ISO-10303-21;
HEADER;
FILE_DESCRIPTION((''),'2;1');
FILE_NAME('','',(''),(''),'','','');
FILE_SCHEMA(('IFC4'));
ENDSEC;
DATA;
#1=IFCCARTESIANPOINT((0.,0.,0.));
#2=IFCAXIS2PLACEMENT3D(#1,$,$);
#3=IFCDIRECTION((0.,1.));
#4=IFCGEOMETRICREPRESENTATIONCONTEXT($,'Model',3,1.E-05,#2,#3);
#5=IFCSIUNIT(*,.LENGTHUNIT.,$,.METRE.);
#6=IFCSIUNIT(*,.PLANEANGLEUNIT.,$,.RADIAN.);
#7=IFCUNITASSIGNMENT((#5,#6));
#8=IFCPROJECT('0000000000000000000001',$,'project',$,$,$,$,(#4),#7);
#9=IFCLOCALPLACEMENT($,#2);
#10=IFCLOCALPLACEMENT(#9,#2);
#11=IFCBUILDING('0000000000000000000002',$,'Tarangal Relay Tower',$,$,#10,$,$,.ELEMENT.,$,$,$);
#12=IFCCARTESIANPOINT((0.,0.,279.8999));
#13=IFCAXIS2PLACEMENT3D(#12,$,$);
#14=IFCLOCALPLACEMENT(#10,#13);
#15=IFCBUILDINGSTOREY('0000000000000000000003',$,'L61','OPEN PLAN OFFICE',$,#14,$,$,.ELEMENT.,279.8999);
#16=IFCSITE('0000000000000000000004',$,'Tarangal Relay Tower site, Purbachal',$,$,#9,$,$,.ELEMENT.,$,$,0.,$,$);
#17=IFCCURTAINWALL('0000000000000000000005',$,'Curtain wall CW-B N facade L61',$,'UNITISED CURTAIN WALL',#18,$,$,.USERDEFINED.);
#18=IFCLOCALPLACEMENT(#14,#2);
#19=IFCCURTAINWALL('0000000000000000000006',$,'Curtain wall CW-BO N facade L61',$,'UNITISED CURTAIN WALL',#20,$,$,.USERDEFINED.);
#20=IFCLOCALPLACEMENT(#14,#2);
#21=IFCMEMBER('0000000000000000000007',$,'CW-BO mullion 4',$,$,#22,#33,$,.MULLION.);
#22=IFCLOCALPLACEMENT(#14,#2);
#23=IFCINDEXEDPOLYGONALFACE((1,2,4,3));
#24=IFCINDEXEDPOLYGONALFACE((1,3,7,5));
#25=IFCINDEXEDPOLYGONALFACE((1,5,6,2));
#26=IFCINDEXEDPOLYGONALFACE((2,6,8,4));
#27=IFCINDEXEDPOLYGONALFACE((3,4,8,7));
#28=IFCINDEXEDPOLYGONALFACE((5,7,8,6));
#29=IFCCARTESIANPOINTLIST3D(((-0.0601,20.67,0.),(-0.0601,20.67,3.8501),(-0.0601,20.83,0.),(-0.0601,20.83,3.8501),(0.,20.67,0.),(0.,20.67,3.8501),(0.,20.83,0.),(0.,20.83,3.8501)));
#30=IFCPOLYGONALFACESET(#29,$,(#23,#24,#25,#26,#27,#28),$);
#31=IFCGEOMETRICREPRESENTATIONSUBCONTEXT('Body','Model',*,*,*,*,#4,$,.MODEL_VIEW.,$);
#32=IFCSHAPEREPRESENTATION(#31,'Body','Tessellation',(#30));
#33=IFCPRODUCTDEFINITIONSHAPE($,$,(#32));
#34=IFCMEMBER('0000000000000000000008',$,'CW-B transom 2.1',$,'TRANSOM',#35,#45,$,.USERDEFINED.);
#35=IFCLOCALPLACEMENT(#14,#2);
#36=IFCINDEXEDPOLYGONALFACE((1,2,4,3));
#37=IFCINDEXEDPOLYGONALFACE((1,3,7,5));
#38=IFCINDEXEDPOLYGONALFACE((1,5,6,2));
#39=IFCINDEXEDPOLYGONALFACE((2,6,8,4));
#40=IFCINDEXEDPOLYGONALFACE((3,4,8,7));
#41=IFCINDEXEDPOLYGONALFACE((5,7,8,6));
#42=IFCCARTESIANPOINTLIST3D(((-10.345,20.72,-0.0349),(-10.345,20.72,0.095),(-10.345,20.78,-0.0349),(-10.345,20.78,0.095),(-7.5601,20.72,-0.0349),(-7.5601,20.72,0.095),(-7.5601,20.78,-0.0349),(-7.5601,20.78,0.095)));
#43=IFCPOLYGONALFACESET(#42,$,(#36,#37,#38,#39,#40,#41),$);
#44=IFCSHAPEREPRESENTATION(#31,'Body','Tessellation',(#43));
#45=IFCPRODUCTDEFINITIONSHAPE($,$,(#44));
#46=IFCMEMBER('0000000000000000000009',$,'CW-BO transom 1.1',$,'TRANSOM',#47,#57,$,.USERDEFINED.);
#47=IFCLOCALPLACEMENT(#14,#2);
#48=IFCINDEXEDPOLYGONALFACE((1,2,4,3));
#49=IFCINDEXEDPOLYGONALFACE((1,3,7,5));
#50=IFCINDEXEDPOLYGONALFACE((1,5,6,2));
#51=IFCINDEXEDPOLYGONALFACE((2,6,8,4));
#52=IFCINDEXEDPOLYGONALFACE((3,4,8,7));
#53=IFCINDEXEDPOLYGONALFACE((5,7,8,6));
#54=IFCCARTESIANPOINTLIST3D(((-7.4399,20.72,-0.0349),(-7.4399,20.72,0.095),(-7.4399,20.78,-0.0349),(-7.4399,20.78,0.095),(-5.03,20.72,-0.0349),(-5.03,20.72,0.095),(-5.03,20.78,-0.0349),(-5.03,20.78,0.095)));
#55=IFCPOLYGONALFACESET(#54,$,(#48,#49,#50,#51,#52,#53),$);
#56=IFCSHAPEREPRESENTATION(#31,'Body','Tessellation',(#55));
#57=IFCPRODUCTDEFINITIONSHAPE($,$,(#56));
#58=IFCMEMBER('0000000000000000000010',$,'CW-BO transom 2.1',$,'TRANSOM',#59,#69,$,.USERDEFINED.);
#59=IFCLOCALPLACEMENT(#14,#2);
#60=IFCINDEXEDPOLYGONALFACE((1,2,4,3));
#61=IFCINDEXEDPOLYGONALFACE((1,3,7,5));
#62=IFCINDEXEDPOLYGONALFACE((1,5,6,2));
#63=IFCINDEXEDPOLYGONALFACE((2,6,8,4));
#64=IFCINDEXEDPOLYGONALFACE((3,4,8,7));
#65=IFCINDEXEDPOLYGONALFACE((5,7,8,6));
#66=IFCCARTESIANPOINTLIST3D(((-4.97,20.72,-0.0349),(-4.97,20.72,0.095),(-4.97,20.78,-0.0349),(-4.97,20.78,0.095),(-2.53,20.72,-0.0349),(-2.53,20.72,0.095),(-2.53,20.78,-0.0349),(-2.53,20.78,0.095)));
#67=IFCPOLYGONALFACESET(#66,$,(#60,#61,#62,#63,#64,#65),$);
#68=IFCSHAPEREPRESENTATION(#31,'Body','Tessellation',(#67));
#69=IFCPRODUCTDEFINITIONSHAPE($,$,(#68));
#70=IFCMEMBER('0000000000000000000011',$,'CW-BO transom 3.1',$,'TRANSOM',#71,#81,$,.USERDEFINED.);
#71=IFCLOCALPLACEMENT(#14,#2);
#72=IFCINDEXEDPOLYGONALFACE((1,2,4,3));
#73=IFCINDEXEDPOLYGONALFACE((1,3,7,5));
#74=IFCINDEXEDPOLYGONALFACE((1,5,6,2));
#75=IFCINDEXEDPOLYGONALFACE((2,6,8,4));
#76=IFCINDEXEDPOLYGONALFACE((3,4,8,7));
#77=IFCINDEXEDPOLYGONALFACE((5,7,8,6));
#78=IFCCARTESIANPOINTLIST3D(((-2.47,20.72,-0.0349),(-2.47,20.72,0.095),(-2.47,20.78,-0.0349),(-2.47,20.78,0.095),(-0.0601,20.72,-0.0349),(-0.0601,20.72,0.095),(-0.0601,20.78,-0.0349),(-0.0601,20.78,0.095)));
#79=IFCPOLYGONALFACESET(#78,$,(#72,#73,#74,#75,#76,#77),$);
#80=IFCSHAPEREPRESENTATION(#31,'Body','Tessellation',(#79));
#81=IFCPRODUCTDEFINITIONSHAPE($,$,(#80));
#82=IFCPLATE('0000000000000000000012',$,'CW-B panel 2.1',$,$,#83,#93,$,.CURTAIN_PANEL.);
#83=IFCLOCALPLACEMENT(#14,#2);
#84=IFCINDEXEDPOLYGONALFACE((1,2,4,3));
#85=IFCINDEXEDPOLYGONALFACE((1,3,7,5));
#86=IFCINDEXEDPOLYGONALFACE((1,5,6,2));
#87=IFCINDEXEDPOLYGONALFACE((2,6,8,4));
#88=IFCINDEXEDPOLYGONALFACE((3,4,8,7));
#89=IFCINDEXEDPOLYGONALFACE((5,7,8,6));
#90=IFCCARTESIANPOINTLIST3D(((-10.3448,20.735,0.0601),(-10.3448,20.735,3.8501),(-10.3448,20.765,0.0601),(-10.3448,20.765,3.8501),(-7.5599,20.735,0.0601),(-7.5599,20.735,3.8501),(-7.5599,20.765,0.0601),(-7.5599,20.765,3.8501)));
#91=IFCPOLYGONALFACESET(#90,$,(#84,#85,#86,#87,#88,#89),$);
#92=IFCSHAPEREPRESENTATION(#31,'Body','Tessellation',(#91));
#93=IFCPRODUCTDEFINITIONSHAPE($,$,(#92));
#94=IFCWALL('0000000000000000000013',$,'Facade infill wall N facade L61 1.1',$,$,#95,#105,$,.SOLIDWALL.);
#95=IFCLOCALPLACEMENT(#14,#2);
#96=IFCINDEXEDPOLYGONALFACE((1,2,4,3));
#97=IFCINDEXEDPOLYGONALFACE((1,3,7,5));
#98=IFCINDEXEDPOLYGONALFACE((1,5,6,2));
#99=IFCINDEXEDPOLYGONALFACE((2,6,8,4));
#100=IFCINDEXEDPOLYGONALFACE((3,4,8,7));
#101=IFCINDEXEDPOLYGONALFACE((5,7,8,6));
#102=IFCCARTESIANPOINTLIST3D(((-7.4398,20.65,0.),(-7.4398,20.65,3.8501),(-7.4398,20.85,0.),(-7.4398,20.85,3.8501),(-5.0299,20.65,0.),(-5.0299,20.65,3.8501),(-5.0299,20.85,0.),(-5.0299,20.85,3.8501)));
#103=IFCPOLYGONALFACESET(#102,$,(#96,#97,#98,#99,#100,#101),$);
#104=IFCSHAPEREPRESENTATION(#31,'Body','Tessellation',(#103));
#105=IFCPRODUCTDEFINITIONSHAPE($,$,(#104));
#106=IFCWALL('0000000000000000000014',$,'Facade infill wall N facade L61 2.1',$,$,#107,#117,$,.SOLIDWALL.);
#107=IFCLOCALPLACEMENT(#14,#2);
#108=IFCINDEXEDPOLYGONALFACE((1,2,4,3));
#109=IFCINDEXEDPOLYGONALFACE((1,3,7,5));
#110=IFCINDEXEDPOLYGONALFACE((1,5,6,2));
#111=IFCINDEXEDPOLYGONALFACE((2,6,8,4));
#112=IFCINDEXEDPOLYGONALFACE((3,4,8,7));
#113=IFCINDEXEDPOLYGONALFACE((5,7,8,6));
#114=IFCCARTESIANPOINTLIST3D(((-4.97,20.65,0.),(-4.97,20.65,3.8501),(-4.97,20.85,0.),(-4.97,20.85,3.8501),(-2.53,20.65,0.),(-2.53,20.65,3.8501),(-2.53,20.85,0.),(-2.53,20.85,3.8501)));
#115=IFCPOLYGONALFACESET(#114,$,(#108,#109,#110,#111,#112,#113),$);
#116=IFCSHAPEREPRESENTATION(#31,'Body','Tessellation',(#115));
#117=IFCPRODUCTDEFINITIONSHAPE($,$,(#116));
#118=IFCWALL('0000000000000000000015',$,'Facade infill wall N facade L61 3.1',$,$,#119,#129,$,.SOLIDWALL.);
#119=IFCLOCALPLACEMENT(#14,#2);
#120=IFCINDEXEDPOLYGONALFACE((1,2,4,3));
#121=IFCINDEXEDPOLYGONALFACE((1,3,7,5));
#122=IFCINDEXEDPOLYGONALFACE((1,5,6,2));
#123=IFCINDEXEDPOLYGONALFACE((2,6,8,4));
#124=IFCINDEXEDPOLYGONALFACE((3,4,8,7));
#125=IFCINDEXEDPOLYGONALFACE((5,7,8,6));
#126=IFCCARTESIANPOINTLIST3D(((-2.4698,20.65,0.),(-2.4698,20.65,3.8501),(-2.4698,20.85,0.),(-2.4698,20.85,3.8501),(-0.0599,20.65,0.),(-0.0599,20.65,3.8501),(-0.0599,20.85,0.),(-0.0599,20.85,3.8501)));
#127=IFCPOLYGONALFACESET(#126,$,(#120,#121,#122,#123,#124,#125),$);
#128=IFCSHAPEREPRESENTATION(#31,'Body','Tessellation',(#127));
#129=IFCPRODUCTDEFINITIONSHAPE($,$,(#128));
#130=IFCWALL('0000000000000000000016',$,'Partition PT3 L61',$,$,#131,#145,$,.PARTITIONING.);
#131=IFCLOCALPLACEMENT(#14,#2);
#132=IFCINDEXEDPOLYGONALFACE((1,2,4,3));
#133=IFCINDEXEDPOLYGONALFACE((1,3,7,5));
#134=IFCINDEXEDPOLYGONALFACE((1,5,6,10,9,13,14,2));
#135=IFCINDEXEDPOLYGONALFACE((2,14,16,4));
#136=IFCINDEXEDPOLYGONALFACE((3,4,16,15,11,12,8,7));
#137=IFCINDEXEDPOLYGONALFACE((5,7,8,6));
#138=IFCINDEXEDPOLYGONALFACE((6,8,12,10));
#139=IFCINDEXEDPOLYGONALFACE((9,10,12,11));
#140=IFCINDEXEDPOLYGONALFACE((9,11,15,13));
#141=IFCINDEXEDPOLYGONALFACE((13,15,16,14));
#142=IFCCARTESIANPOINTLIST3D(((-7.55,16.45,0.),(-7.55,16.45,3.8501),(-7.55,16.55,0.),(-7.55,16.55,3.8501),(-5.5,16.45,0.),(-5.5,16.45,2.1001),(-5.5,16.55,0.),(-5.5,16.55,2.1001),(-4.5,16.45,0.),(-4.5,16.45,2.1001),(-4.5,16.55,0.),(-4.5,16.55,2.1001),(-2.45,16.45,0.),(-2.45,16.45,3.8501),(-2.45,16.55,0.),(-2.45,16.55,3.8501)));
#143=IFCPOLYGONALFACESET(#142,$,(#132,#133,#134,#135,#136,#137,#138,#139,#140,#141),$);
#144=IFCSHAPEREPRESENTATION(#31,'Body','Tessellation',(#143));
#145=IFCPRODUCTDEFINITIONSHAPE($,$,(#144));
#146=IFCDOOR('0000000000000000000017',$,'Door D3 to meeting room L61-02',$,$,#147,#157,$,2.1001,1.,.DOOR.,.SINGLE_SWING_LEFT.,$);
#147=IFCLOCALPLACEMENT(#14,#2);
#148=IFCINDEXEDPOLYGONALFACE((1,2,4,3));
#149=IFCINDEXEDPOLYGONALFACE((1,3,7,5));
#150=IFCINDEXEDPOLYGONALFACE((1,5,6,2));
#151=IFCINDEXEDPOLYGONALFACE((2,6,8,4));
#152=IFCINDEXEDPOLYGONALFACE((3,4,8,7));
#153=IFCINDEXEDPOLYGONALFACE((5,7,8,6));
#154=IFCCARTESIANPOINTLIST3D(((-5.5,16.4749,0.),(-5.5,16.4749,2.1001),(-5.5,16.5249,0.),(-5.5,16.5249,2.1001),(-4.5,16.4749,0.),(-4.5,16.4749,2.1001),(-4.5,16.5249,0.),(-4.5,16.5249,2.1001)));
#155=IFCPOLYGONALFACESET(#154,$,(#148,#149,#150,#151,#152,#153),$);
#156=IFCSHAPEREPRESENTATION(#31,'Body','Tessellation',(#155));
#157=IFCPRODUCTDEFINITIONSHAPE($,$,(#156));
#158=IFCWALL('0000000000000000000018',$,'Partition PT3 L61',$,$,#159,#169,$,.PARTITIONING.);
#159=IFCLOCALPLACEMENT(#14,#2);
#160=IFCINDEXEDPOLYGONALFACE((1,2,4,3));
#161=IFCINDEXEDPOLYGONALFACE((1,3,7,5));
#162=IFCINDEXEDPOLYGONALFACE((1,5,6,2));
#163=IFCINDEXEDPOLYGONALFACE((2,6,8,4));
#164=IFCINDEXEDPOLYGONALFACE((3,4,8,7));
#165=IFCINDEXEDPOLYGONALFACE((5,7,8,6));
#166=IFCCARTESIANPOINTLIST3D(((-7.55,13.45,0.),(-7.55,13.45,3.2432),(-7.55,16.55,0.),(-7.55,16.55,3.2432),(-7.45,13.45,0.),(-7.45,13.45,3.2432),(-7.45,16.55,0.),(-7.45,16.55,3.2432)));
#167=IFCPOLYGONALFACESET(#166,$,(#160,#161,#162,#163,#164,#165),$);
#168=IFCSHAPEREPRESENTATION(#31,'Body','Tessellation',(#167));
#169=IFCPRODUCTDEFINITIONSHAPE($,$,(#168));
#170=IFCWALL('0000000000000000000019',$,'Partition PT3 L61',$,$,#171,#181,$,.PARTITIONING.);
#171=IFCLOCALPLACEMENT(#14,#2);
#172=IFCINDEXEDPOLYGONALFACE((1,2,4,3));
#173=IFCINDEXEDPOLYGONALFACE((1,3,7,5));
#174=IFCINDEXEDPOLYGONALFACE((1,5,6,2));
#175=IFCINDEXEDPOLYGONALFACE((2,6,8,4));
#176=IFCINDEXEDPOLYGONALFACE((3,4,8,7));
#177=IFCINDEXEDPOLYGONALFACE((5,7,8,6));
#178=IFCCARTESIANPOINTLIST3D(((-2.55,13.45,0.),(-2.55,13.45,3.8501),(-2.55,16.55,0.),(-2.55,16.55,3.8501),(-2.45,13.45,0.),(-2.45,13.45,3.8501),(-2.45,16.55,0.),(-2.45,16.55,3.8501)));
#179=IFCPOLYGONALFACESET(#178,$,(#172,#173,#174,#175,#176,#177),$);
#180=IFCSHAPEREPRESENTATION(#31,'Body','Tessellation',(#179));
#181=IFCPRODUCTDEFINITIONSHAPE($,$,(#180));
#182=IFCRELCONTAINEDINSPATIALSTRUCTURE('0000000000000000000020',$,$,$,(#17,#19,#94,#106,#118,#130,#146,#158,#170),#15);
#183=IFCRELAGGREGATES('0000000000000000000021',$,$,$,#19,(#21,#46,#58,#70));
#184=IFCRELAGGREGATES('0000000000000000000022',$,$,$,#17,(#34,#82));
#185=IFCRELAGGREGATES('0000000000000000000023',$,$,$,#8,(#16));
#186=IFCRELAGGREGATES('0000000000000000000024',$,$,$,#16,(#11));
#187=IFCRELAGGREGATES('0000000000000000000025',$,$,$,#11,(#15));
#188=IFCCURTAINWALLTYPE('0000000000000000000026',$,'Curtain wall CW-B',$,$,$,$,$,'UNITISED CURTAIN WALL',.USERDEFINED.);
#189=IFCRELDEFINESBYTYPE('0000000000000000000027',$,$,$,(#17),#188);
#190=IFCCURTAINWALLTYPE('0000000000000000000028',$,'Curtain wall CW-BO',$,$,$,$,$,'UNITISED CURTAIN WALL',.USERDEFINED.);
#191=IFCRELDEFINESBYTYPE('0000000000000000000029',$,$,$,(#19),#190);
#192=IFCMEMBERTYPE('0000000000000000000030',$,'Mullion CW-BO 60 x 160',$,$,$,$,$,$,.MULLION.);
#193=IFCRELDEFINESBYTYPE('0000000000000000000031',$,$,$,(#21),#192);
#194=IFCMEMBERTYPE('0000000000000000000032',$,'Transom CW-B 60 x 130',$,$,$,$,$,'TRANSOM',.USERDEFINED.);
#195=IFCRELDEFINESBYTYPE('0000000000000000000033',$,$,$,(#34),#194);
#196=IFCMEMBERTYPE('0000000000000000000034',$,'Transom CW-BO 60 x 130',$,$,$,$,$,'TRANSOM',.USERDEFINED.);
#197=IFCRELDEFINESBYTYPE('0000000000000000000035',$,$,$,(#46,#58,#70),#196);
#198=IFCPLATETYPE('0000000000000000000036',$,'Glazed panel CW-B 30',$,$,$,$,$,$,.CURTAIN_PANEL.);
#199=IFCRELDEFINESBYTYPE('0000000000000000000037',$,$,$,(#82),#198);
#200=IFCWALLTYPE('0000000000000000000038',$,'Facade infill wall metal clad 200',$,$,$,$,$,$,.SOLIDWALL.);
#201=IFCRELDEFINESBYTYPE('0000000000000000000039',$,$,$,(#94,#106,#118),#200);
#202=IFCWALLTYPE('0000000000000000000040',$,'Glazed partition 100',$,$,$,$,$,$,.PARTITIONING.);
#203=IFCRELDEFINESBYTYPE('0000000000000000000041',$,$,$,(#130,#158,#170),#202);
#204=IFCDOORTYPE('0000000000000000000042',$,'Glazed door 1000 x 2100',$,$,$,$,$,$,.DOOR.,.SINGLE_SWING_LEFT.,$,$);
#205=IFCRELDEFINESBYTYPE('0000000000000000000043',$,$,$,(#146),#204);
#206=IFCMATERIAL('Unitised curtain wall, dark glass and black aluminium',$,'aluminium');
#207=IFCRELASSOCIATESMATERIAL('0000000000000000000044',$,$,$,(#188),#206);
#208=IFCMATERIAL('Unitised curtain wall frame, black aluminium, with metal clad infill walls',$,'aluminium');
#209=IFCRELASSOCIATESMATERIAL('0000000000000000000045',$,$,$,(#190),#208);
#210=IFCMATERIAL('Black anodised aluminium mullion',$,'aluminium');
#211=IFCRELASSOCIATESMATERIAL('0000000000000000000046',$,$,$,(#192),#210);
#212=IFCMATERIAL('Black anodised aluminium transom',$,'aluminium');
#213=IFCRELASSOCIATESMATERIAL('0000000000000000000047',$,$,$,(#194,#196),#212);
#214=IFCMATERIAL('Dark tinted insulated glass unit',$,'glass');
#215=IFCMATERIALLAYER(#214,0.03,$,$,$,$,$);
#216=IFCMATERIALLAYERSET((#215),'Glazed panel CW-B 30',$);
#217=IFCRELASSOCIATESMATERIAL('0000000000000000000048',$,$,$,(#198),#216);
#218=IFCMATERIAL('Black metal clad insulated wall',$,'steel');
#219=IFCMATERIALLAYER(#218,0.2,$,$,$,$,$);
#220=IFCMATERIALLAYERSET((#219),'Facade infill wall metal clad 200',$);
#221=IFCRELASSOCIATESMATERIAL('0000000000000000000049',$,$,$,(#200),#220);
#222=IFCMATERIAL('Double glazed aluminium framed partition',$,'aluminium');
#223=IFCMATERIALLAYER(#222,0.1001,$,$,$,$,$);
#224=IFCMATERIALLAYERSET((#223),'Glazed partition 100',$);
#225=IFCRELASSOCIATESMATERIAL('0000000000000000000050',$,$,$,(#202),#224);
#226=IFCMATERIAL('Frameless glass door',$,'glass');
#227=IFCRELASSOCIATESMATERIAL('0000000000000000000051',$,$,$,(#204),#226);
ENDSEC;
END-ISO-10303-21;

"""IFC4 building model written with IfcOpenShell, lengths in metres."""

from ifc_helpers import new_model, si_unit, direction, frame, frame_2d, origin, origin_2d, place, context, subcontext, project, spatial, rectangle, extrude, material, layer, layer_set, material_profile, profile_set, type_object, element, fill, aggregate, save


model = new_model("IFC4")

# Units and contexts
model_context = context("Model", 3, precision=1e-05, world=origin(), true_north=direction((0.0, 1.0)))
body_context = subcontext(model_context, "Body", "Model", "MODEL_VIEW")
ifc_project = project(units=[si_unit("LENGTHUNIT", "METRE"), si_unit("PLANEANGLEUNIT", "RADIAN")], contexts=[model_context])

# Site, building, storey
site_placement = place(None, origin())
site = spatial("IfcSite", under=ifc_project, at=site_placement, Name="Tarangal Relay Tower site, Purbachal", CompositionType="ELEMENT", RefElevation=0.0)
building_placement = place(site_placement, origin())
building = spatial("IfcBuilding", under=site, at=building_placement, Name="Tarangal Relay Tower", CompositionType="ELEMENT")
storey_placement = place(building_placement, frame((0.0, 0.0, 279.8999)))
storey = spatial("IfcBuildingStorey", under=building, at=storey_placement, Name="L61", Description="OPEN PLAN OFFICE", CompositionType="ELEMENT", Elevation=279.8999)

# Curtain wall
ifc_material_1 = material(Name="Unitised curtain wall, dark glass and black aluminium", Category="aluminium")
curtain_wall_type_1 = type_object("IfcCurtainWallType", Name="Curtain wall CW-B", ElementType="UNITISED CURTAIN WALL", PredefinedType="USERDEFINED", material=ifc_material_1)
curtain_wall_1_placement = place(storey_placement, origin())
curtain_wall_1 = element("IfcCurtainWall", 1, at=curtain_wall_1_placement, inside=storey, type_object=curtain_wall_type_1, Name="Curtain wall CW-B N facade L61", ObjectType="UNITISED CURTAIN WALL", PredefinedType="USERDEFINED")
ifc_material_2 = material(Name="Black anodised aluminium mullion", Category="aluminium")

# Curtain wall, member
ifc_material_3 = material(Name="Unitised curtain wall frame, black aluminium, with metal clad infill walls", Category="aluminium")
curtain_wall_type_2 = type_object("IfcCurtainWallType", Name="Curtain wall CW-BO", ElementType="UNITISED CURTAIN WALL", PredefinedType="USERDEFINED", material=ifc_material_3)
curtain_wall_2_placement = place(storey_placement, origin())
curtain_wall_2 = element("IfcCurtainWall", 2, at=curtain_wall_2_placement, inside=storey, type_object=curtain_wall_type_2, Name="Curtain wall CW-BO N facade L61", ObjectType="UNITISED CURTAIN WALL", PredefinedType="USERDEFINED")
ifc_material_profile_1 = material_profile(ifc_material_2, rectangle(XDim=0.1599, YDim=0.0601, at=origin_2d()), Name="CW-BOM 60X160")
ifc_profile_set_1 = profile_set([ifc_material_profile_1], Name="Black anodised aluminium mullion")
member_type_1 = type_object("IfcMemberType", Name="Mullion CW-BO 60 x 160", PredefinedType="MULLION", material=ifc_profile_set_1)
member_1_placement = place(storey_placement, frame((-0.03, 20.75, 0.0), z_axis=(0.0, 0.0, 1.0), x_axis=(0.0, 1.0, 0.0)))
member_1 = element("IfcMember", 3, at=member_1_placement, type_object=member_type_1, Name="CW-BO mullion 4", PredefinedType="MULLION", context=body_context, shape_type="SweptSolid", body=[
    extrude(rectangle(XDim=0.1599, YDim=0.0601, at=origin_2d()), origin(), (0.0, 0.0, 1.0), 3.8501),
])

# Members
ifc_material_4 = material(Name="Black anodised aluminium transom", Category="aluminium")
ifc_material_profile_2 = material_profile(ifc_material_4, rectangle(XDim=0.0601, YDim=0.1299, at=origin_2d()), Name="CW-BT 60X130")
ifc_profile_set_2 = profile_set([ifc_material_profile_2], Name="Black anodised aluminium transom")
member_type_2 = type_object("IfcMemberType", Name="Transom CW-B 60 x 130", ElementType="TRANSOM", PredefinedType="USERDEFINED", material=ifc_profile_set_2)
member_2_placement = place(storey_placement, frame((-10.345, 20.75, 0.03), z_axis=(1.0, 0.0, 0.0), x_axis=(0.0, 1.0, 0.0)))
member_2 = element("IfcMember", 4, at=member_2_placement, type_object=member_type_2, Name="CW-B transom 2.1", ObjectType="TRANSOM", PredefinedType="USERDEFINED", context=body_context, shape_type="SweptSolid", body=[
    extrude(rectangle(XDim=0.0601, YDim=0.1299, at=origin_2d()), origin(), (0.0, 0.0, 1.0), 2.7849),
])
ifc_material_profile_3 = material_profile(ifc_material_4, rectangle(XDim=0.0601, YDim=0.1299, at=origin_2d()), Name="CW-BOT 60X130")
ifc_profile_set_3 = profile_set([ifc_material_profile_3], Name="Black anodised aluminium transom")
member_type_3 = type_object("IfcMemberType", Name="Transom CW-BO 60 x 130", ElementType="TRANSOM", PredefinedType="USERDEFINED", material=ifc_profile_set_3)
member_3_placement = place(storey_placement, frame((-7.4399, 20.75, 0.03), z_axis=(1.0, 0.0, 0.0), x_axis=(0.0, 1.0, 0.0)))
member_3 = element("IfcMember", 5, at=member_3_placement, type_object=member_type_3, Name="CW-BO transom 1.1", ObjectType="TRANSOM", PredefinedType="USERDEFINED", context=body_context, shape_type="SweptSolid", body=[
    extrude(rectangle(XDim=0.0601, YDim=0.1299, at=origin_2d()), origin(), (0.0, 0.0, 1.0), 2.4099),
])
member_4_placement = place(storey_placement, frame((-4.97, 20.75, 0.03), z_axis=(1.0, 0.0, 0.0), x_axis=(0.0, 1.0, 0.0)))
member_4 = element("IfcMember", 6, at=member_4_placement, type_object=member_type_3, Name="CW-BO transom 2.1", ObjectType="TRANSOM", PredefinedType="USERDEFINED", context=body_context, shape_type="SweptSolid", body=[
    extrude(rectangle(XDim=0.0601, YDim=0.1299, at=origin_2d()), origin(), (0.0, 0.0, 1.0), 2.4399),
])
member_5_placement = place(storey_placement, frame((-2.47, 20.75, 0.03), z_axis=(1.0, 0.0, 0.0), x_axis=(0.0, 1.0, 0.0)))
member_5 = element("IfcMember", 7, at=member_5_placement, type_object=member_type_3, Name="CW-BO transom 3.1", ObjectType="TRANSOM", PredefinedType="USERDEFINED", context=body_context, shape_type="SweptSolid", body=[
    extrude(rectangle(XDim=0.0601, YDim=0.1299, at=origin_2d()), origin(), (0.0, 0.0, 1.0), 2.4099),
])
aggregate(curtain_wall_2, [member_1, member_3, member_4, member_5])

# Plate
ifc_material_5 = material(Name="Dark tinted insulated glass unit", Category="glass")
ifc_layer_1 = layer(ifc_material_5, 0.03)
ifc_layer_set_1 = layer_set([ifc_layer_1], Name="Glazed panel CW-B 30")
plate_type = type_object("IfcPlateType", Name="Glazed panel CW-B 30", PredefinedType="CURTAIN_PANEL", material=ifc_layer_set_1)
plate_placement = place(storey_placement, frame((-8.9524, 20.75, 0.0601), z_axis=(0.0, 0.0, 1.0), x_axis=(1.0, 0.0, 0.0)))
plate = element("IfcPlate", 8, at=plate_placement, type_object=plate_type, Name="CW-B panel 2.1", PredefinedType="CURTAIN_PANEL", context=body_context, shape_type="SweptSolid", body=[
    extrude(rectangle(XDim=2.7849, YDim=0.03, at=origin_2d()), origin(), (0.0, 0.0, 1.0), 3.79),
])
aggregate(curtain_wall_1, [member_2, plate])

# Walls
ifc_material_6 = material(Name="Black metal clad insulated wall", Category="steel")
ifc_layer_2 = layer(ifc_material_6, 0.2)
ifc_layer_set_2 = layer_set([ifc_layer_2], Name="Facade infill wall metal clad 200")
wall_type_1 = type_object("IfcWallType", Name="Facade infill wall metal clad 200", PredefinedType="SOLIDWALL", material=ifc_layer_set_2)
wall_1_placement = place(storey_placement, frame((-7.4399, 20.75, 0.0), z_axis=(0.0, 0.0, 1.0), x_axis=(1.0, 0.0, 0.0)))
element("IfcWall", 9, at=wall_1_placement, inside=storey, type_object=wall_type_1, Name="Facade infill wall N facade L61 1.1", PredefinedType="SOLIDWALL", context=body_context, shape_type="SweptSolid", body=[
    extrude(rectangle(XDim=2.4099, YDim=0.2, at=frame_2d((1.2051, 0.0))), origin(), (0.0, 0.0, 1.0), 3.8501),
])
wall_2_placement = place(storey_placement, frame((-4.97, 20.75, 0.0), z_axis=(0.0, 0.0, 1.0), x_axis=(1.0, 0.0, 0.0)))
element("IfcWall", 10, at=wall_2_placement, inside=storey, type_object=wall_type_1, Name="Facade infill wall N facade L61 2.1", PredefinedType="SOLIDWALL", context=body_context, shape_type="SweptSolid", body=[
    extrude(rectangle(XDim=2.4399, YDim=0.2, at=frame_2d((1.22, 0.0))), origin(), (0.0, 0.0, 1.0), 3.8501),
])
wall_3_placement = place(storey_placement, frame((-2.47, 20.75, 0.0), z_axis=(0.0, 0.0, 1.0), x_axis=(1.0, 0.0, 0.0)))
element("IfcWall", 11, at=wall_3_placement, inside=storey, type_object=wall_type_1, Name="Facade infill wall N facade L61 3.1", PredefinedType="SOLIDWALL", context=body_context, shape_type="SweptSolid", body=[
    extrude(rectangle(XDim=2.4099, YDim=0.2, at=frame_2d((1.2051, 0.0))), origin(), (0.0, 0.0, 1.0), 3.8501),
])

# Wall, opening, door
ifc_material_7 = material(Name="Double glazed aluminium framed partition", Category="aluminium")
ifc_layer_3 = layer(ifc_material_7, 0.1001)
ifc_layer_set_3 = layer_set([ifc_layer_3], Name="Glazed partition 100")
wall_type_2 = type_object("IfcWallType", Name="Glazed partition 100", PredefinedType="PARTITIONING", material=ifc_layer_set_3)
wall_4_placement = place(storey_placement, frame((-7.55, 16.5, 0.0), z_axis=(0.0, 0.0, 1.0), x_axis=(1.0, 0.0, 0.0)))
wall_4 = element("IfcWall", 12, at=wall_4_placement, inside=storey, type_object=wall_type_2, Name="Partition PT3 L61", PredefinedType="PARTITIONING", context=body_context, shape_type="SweptSolid", body=[
    extrude(rectangle(XDim=5.1001, YDim=0.1001, at=frame_2d((2.55, 0.0))), origin(), (0.0, 0.0, 1.0), 3.8501),
])
opening_placement = place(wall_4_placement, frame((2.05, 0.0, 0.0)))
opening = element("IfcOpeningElement", 13, at=opening_placement, cuts=wall_4, PredefinedType="OPENING", context=body_context, shape_type="SweptSolid", body=[
    extrude(rectangle(XDim=1.0, YDim=2.1001, at=frame_2d((0.5, 1.05))), frame((0.0, 0.0601, 0.0), z_axis=(0.0, -1.0, 0.0), x_axis=(1.0, 0.0, 0.0)), (0.0, 0.0, 1.0), 0.1201),
])
ifc_material_8 = material(Name="Frameless glass door", Category="glass")
door_type = type_object("IfcDoorType", Name="Glazed door 1000 x 2100", OperationType="SINGLE_SWING_LEFT", PredefinedType="DOOR", material=ifc_material_8)
door_placement = place(opening_placement, origin())
door = element("IfcDoor", 14, at=door_placement, inside=storey, type_object=door_type, Name="Door D3 to meeting room L61-02", OperationType="SINGLE_SWING_LEFT", OverallHeight=2.1001, OverallWidth=1.0, PredefinedType="DOOR", context=body_context, shape_type="SweptSolid", body=[
    extrude(rectangle(XDim=1.0, YDim=2.1001, at=frame_2d((0.5, 1.05))), frame((0.0, 0.0249, 0.0), z_axis=(0.0, -1.0, 0.0), x_axis=(1.0, 0.0, 0.0)), (0.0, 0.0, 1.0), 0.05),
])
fill(opening, door)

# Walls
wall_5_placement = place(storey_placement, frame((-7.5, 13.45, 0.0), z_axis=(0.0, 0.0, 1.0), x_axis=(0.0, 1.0, 0.0)))
element("IfcWall", 15, at=wall_5_placement, inside=storey, type_object=wall_type_2, Name="Partition PT3 L61", PredefinedType="PARTITIONING", context=body_context, shape_type="SweptSolid", body=[
    extrude(rectangle(XDim=3.1001, YDim=0.1001, at=frame_2d((1.55, 0.0))), origin(), (0.0, 0.0, 1.0), 3.2432),
])
wall_6_placement = place(storey_placement, frame((-2.5, 13.45, 0.0), z_axis=(0.0, 0.0, 1.0), x_axis=(0.0, 1.0, 0.0)))
element("IfcWall", 16, at=wall_6_placement, inside=storey, type_object=wall_type_2, Name="Partition PT3 L61", PredefinedType="PARTITIONING", context=body_context, shape_type="SweptSolid", body=[
    extrude(rectangle(XDim=3.1001, YDim=0.1001, at=frame_2d((1.55, 0.0))), origin(), (0.0, 0.0, 1.0), 3.8501),
])

save(model, "model.ifc")
